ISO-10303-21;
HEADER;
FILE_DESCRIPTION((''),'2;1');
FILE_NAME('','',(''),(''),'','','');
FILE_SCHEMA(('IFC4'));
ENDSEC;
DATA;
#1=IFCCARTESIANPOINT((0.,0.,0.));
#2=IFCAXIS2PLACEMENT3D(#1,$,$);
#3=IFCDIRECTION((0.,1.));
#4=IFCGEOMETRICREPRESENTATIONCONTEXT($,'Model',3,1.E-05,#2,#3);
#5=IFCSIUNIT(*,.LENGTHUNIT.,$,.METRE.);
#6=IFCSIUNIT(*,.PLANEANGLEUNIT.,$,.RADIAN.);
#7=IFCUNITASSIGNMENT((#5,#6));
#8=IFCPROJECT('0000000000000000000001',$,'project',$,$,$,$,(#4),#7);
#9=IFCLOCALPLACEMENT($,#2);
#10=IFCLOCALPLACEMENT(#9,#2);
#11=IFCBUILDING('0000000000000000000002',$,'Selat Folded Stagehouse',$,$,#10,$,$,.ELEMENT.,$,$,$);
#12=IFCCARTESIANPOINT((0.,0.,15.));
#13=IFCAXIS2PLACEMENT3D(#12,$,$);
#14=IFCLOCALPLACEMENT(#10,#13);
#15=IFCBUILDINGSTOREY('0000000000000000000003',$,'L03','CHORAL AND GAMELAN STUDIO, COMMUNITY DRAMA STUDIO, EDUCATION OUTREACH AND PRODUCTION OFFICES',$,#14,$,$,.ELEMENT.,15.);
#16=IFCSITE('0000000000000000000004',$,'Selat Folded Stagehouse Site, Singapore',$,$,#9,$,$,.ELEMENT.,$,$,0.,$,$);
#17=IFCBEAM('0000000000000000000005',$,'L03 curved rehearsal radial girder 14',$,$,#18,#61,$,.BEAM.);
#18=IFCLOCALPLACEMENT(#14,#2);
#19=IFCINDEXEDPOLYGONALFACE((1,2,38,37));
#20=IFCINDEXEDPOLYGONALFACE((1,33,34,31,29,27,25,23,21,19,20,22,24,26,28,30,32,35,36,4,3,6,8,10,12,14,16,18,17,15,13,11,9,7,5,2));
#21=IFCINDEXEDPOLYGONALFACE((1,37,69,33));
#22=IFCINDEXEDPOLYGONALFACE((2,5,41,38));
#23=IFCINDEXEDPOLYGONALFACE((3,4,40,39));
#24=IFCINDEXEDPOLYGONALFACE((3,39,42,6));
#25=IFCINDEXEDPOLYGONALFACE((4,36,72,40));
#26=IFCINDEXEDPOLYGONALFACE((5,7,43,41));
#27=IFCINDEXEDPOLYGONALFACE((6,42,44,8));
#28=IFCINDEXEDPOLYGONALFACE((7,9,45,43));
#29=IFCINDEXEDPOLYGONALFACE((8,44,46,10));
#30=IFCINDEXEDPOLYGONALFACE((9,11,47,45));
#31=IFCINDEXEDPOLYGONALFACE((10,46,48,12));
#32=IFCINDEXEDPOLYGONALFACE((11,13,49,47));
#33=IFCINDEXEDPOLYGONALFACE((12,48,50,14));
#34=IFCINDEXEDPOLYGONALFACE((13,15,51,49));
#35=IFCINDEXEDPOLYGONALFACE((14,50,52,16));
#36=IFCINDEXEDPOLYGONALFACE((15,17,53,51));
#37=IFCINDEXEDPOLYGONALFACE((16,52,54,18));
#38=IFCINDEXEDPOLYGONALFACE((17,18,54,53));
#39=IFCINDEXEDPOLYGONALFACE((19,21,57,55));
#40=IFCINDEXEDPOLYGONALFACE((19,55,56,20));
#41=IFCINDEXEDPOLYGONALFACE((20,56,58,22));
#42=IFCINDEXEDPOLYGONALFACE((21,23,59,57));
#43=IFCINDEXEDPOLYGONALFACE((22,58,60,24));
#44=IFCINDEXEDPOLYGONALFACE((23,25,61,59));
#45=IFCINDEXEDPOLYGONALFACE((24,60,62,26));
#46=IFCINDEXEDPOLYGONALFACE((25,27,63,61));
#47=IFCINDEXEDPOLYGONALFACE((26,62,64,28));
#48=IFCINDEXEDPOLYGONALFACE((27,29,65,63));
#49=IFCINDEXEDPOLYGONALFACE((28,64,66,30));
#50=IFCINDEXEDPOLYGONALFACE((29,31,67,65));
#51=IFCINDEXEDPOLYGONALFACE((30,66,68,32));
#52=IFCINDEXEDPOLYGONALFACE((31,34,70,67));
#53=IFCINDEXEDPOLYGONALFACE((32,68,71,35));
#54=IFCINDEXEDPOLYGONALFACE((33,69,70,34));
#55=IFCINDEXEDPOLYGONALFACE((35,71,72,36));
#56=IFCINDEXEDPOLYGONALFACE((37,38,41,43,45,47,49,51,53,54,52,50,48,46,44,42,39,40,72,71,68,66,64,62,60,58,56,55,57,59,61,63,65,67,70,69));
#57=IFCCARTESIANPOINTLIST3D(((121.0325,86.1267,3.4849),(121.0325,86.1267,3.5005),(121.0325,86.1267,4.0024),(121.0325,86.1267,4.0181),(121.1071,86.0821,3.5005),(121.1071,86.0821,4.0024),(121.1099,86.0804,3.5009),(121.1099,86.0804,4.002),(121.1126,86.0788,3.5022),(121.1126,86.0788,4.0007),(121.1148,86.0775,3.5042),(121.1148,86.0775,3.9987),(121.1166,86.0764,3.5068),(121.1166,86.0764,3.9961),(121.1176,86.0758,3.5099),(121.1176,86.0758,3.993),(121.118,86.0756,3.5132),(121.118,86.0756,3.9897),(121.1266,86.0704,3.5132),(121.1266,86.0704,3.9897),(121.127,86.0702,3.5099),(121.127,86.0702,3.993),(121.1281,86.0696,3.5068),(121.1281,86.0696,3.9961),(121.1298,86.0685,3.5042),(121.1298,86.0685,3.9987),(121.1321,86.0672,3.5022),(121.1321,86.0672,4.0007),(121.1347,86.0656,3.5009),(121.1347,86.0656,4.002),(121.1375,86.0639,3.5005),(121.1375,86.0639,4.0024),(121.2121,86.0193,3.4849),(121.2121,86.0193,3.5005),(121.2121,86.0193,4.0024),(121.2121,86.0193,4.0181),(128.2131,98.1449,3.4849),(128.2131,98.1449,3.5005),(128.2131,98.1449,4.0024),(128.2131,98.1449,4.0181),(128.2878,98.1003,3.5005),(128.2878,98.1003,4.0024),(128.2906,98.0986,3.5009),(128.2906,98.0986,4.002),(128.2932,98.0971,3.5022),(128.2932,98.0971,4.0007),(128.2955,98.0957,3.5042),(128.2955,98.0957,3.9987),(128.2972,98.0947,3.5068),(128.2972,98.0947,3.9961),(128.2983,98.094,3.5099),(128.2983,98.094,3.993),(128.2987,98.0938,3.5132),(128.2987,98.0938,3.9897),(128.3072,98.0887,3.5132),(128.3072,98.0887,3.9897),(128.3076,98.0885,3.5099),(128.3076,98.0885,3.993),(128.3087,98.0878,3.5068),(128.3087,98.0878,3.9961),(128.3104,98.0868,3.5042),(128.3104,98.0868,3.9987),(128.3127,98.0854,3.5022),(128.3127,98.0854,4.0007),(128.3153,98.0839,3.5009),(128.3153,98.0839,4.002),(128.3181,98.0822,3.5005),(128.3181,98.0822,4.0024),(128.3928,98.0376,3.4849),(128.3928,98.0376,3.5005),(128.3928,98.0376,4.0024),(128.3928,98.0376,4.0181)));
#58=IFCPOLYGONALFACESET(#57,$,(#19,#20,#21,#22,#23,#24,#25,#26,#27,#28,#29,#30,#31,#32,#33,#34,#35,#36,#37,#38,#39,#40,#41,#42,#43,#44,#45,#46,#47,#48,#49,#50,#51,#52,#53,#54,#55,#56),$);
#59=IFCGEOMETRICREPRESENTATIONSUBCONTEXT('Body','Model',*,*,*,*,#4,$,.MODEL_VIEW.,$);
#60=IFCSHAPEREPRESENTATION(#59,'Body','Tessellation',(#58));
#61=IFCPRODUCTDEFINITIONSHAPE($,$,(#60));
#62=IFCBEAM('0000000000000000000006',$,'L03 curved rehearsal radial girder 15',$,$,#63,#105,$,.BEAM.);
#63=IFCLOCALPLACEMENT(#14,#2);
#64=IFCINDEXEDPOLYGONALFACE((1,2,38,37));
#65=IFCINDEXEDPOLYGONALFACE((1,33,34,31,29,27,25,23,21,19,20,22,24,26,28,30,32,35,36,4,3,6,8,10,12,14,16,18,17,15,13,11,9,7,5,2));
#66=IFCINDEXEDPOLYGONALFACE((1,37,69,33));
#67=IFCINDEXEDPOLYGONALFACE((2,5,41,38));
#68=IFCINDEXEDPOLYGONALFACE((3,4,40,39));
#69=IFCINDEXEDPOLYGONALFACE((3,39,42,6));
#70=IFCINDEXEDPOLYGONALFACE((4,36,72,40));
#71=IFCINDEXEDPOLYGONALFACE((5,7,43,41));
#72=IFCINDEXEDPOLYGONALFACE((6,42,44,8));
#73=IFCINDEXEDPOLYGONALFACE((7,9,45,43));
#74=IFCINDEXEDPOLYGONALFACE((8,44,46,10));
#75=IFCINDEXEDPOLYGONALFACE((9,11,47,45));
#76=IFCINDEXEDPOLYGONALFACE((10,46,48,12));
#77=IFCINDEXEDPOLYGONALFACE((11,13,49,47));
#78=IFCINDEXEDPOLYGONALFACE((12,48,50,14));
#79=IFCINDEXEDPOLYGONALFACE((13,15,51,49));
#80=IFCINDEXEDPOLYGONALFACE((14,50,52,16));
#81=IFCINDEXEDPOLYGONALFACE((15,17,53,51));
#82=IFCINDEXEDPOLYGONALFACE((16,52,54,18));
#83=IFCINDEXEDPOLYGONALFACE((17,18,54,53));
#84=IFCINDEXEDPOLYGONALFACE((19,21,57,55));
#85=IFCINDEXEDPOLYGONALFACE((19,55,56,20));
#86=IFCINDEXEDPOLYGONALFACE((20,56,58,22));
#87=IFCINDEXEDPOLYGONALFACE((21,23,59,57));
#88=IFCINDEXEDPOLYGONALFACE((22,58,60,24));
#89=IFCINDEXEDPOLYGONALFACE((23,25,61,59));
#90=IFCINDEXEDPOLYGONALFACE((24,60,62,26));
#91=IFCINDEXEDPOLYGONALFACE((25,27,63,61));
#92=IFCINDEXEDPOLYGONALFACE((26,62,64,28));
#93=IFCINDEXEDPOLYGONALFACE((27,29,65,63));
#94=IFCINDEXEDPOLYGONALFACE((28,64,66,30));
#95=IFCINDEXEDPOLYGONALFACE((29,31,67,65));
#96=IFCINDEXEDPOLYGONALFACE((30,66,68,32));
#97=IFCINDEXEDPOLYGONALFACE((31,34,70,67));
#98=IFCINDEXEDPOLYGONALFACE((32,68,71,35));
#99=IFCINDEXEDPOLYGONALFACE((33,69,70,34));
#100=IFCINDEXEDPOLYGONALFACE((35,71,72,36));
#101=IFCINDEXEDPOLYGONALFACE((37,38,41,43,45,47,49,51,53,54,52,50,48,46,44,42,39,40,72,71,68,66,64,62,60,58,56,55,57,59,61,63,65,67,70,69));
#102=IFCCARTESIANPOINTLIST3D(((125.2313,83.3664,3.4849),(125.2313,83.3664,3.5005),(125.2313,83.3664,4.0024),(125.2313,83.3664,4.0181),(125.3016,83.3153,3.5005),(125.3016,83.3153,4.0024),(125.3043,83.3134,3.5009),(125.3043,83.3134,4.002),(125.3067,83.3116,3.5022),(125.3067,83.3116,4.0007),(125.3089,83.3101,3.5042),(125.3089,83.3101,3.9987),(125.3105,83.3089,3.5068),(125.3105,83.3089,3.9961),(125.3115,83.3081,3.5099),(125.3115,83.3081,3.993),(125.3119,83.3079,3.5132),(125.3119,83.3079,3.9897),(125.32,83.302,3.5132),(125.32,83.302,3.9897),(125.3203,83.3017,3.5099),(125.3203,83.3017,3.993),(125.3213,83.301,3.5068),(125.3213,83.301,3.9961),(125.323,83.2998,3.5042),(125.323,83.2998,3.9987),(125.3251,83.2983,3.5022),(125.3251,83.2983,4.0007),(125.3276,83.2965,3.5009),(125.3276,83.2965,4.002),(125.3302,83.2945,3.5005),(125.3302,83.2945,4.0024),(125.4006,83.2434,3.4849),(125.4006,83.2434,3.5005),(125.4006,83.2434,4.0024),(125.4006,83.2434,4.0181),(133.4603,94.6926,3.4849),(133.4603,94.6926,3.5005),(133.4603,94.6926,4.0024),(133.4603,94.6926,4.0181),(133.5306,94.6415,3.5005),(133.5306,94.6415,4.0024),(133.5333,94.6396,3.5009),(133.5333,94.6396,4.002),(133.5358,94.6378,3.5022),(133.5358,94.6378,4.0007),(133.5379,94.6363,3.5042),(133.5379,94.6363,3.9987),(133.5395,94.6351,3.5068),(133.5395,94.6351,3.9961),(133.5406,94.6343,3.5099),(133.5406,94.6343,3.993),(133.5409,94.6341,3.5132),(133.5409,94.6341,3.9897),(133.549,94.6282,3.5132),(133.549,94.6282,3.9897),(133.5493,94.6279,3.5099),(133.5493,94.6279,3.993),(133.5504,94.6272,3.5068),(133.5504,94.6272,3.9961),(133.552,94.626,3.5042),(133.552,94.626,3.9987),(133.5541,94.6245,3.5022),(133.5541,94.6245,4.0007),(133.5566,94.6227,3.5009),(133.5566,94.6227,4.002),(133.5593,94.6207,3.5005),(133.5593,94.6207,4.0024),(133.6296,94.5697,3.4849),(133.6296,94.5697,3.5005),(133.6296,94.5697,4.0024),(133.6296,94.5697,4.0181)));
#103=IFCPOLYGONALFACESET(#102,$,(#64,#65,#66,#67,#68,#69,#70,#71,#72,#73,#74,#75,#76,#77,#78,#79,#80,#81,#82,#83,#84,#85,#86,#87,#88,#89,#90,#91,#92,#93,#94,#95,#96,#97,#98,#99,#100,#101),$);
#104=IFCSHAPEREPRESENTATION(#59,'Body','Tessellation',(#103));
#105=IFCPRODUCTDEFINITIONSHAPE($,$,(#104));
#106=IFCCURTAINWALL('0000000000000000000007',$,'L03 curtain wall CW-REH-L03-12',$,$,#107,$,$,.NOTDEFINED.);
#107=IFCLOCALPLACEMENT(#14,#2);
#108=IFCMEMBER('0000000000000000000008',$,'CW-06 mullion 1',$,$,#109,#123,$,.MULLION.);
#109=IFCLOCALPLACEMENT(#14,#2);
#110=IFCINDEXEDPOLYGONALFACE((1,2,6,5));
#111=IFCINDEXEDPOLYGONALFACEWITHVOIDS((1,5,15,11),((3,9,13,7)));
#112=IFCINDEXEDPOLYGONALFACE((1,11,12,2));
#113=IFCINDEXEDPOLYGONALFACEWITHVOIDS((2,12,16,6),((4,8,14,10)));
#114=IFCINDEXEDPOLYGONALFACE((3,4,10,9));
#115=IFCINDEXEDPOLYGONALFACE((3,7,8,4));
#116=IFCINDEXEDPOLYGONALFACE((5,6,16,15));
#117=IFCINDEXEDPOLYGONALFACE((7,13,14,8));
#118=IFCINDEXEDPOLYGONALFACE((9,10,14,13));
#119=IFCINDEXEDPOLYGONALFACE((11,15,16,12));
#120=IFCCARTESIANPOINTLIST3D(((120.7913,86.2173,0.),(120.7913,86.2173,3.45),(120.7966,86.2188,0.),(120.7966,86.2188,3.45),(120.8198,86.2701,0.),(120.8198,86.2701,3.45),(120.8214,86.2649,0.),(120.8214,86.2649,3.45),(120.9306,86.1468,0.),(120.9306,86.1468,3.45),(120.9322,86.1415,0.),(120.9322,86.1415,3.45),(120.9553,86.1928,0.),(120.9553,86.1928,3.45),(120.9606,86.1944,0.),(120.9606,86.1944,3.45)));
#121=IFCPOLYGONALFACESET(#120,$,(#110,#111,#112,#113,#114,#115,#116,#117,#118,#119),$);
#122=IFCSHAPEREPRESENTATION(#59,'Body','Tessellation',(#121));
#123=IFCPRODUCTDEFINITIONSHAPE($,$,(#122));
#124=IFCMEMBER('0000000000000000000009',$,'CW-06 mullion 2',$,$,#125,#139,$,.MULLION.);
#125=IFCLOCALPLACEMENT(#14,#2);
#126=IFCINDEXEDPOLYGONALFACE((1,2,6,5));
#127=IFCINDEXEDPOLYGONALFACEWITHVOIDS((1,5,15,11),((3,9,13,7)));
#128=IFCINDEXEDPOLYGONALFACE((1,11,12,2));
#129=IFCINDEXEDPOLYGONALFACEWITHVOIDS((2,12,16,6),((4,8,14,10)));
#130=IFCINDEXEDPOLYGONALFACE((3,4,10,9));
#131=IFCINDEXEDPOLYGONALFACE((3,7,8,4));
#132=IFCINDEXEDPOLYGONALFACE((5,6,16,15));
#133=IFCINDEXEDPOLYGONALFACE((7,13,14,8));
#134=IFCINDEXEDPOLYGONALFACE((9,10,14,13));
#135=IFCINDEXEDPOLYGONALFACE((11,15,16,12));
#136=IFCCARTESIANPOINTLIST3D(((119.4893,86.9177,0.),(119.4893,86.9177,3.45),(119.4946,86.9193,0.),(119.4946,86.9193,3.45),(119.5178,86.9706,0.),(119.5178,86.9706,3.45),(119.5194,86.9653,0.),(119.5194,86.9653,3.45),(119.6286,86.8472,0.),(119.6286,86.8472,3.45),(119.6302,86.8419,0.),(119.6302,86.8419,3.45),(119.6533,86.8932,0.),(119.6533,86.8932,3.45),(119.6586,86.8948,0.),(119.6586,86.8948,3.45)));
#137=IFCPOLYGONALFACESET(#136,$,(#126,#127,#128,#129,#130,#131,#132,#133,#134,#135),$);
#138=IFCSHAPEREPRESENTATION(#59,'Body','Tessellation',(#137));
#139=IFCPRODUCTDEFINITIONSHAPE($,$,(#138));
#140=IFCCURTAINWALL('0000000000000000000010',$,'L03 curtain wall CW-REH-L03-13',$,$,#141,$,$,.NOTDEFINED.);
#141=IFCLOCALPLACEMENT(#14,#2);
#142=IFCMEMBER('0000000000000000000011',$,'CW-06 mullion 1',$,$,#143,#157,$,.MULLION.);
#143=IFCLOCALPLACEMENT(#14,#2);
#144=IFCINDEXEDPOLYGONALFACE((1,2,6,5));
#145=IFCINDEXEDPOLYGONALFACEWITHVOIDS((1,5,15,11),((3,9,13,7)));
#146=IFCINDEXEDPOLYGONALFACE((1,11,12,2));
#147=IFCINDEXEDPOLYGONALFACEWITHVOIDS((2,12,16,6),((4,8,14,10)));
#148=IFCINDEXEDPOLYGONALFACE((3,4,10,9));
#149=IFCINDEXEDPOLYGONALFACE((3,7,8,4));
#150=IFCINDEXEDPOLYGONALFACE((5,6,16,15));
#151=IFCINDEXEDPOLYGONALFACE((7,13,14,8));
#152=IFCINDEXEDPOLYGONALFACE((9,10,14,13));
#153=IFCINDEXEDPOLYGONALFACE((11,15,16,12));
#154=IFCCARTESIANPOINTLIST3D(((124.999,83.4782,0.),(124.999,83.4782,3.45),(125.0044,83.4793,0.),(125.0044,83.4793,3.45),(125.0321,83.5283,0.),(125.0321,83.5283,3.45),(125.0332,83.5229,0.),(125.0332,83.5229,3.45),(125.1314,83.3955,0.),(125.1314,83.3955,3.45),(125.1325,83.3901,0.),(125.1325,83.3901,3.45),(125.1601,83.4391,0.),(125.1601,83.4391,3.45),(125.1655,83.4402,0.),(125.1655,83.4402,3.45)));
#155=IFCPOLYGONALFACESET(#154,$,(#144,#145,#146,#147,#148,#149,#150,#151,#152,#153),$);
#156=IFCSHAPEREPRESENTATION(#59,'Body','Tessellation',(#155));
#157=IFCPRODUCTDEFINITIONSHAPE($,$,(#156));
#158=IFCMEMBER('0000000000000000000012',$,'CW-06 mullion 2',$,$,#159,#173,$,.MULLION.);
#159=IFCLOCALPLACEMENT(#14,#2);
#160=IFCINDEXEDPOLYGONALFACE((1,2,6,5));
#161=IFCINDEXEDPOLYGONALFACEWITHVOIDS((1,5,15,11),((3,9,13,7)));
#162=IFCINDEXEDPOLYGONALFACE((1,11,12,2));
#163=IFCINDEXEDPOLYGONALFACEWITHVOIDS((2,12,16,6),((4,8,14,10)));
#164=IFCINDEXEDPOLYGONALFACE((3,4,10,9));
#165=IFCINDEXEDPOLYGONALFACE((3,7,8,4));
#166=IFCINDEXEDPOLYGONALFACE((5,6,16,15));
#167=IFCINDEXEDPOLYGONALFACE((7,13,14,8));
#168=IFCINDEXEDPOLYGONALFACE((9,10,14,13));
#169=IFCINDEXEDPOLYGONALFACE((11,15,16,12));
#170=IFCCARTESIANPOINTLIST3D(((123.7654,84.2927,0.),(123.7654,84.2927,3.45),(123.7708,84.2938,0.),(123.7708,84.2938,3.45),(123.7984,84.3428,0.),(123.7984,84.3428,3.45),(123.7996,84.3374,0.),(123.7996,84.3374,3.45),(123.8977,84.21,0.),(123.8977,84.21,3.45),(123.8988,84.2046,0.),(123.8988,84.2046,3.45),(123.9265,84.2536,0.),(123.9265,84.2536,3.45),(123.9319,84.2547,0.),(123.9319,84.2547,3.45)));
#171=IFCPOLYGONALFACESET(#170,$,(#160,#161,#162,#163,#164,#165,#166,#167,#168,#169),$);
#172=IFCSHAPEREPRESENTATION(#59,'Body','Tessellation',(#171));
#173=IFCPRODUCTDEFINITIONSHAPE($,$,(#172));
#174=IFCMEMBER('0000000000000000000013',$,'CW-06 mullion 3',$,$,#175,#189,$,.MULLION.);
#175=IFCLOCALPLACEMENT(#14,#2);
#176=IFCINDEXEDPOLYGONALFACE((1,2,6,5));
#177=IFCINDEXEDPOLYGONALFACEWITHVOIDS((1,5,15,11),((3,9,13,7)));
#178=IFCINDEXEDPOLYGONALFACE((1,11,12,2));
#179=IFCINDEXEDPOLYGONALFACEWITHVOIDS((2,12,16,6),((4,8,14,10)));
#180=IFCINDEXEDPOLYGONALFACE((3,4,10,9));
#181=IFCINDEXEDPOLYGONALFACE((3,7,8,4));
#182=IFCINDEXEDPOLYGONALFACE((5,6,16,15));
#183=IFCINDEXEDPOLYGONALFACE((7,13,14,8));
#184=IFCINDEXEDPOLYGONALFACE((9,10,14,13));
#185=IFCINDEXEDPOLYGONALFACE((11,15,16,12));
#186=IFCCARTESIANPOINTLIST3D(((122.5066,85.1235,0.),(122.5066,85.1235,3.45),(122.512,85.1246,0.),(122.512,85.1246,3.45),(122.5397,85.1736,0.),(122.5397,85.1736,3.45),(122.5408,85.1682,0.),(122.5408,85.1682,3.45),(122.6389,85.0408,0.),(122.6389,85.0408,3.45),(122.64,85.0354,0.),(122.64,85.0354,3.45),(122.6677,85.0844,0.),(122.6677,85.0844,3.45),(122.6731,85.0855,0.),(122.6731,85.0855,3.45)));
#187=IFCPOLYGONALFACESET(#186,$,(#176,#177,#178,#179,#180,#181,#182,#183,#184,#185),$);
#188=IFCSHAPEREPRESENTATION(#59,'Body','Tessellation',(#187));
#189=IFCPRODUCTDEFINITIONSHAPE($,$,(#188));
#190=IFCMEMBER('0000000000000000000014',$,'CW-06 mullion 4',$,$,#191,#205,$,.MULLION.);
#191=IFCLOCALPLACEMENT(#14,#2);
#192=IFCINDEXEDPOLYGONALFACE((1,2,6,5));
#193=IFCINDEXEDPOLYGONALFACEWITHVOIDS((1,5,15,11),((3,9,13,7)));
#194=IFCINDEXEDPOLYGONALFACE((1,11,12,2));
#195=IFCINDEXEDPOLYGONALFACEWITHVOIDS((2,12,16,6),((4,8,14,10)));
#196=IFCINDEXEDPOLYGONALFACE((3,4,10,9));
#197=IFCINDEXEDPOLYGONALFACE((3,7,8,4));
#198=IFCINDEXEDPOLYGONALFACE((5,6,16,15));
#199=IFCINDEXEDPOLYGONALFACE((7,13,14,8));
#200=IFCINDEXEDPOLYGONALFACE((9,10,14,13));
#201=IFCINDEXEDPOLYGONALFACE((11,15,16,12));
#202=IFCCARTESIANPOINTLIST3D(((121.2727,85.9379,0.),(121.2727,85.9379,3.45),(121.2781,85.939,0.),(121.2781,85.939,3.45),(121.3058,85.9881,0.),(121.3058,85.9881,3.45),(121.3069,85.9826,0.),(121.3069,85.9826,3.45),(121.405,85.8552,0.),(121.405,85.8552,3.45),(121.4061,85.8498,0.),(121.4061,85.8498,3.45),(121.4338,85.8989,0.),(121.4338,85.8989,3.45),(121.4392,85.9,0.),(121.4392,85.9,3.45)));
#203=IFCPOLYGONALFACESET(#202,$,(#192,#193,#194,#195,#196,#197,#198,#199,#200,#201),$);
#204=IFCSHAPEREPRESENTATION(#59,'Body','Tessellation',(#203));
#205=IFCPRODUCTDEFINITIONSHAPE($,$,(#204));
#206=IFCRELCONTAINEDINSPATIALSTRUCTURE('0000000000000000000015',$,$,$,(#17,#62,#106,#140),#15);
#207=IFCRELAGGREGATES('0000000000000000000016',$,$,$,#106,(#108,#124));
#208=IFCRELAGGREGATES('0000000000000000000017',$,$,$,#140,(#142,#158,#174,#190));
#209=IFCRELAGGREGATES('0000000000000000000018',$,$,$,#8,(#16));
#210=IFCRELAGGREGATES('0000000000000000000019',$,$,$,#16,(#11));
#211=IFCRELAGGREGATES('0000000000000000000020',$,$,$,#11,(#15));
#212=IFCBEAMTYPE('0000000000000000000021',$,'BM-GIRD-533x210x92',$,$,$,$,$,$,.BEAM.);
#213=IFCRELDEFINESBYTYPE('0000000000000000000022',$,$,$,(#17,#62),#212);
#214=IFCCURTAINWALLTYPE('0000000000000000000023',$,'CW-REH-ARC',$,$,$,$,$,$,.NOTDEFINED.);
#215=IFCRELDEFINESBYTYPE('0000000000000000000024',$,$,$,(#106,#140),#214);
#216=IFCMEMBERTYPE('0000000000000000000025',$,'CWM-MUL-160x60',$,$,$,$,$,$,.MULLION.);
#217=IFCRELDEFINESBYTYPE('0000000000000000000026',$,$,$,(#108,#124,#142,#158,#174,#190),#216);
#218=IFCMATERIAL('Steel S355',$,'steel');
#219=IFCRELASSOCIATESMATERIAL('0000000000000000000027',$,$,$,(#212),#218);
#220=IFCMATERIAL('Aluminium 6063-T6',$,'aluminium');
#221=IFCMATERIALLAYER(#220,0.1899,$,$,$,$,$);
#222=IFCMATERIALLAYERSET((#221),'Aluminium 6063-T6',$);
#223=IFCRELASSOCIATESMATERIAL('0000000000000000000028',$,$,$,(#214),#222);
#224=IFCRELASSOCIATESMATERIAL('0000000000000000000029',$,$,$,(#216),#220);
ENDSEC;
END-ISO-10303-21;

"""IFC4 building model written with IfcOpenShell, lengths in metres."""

from ifc_helpers import new_model, si_unit, direction, frame, origin, origin_2d, place, context, subcontext, project, spatial, hollow_rectangle, i_section, extrude, material, layer, layer_set, material_profile, profile_set, type_object, element, aggregate, save


model = new_model("IFC4")

# Units and contexts
model_context = context("Model", 3, precision=1e-05, world=origin(), true_north=direction((0.0, 1.0)))
body_context = subcontext(model_context, "Body", "Model", "MODEL_VIEW")
ifc_project = project(units=[si_unit("LENGTHUNIT", "METRE"), si_unit("PLANEANGLEUNIT", "RADIAN")], contexts=[model_context])

# Site, building, storey
site_placement = place(None, origin())
site = spatial("IfcSite", under=ifc_project, at=site_placement, Name="Selat Folded Stagehouse Site, Singapore", CompositionType="ELEMENT", RefElevation=0.0)
building_placement = place(site_placement, origin())
building = spatial("IfcBuilding", under=site, at=building_placement, Name="Selat Folded Stagehouse", CompositionType="ELEMENT")
storey_placement = place(building_placement, frame((0.0, 0.0, 15.0)))
storey = spatial("IfcBuildingStorey", under=building, at=storey_placement, Name="L03", Description="CHORAL AND GAMELAN STUDIO, COMMUNITY DRAMA STUDIO, EDUCATION OUTREACH AND PRODUCTION OFFICES", CompositionType="ELEMENT", Elevation=15.0)

# Shared definitions
ifc_material_1 = material(Name="Steel S355", Category="steel")

# Beams
ifc_material_profile_1 = material_profile(ifc_material_1, i_section(OverallWidth=0.2092, OverallDepth=0.5332, WebThickness=0.01, FlangeThickness=0.0156, FilletRadius=0.0127, at=origin_2d()), Name="UKB 533x210x92")
ifc_profile_set_1 = profile_set([ifc_material_profile_1], Name="Steel S355")
beam_type_1 = type_object("IfcBeamType", Name="BM-GIRD-533x210x92", PredefinedType="BEAM", material=ifc_profile_set_1)
for number, where, z_axis, x_axis, name in (
    (1, (121.1223, 86.073, 3.7515), (0.512902, 0.858447, 0.0), (-0.858447, 0.512902, 0.0), "L03 curved rehearsal radial girder 14"),
    (2, (125.3159, 83.3049, 3.7515), (0.587788, 0.809015, 0.0), (-0.809015, 0.587788, 0.0), "L03 curved rehearsal radial girder 15"),
):
    element("IfcBeam", number, at=place(storey_placement, frame(where, z_axis=z_axis, x_axis=x_axis)), inside=storey, type_object=beam_type_1, Name=name, PredefinedType="BEAM", context=body_context, shape_type="SweptSolid", body=[
        extrude(i_section(OverallWidth=0.2092, OverallDepth=0.5332, WebThickness=0.01, FlangeThickness=0.0156, FilletRadius=0.0127, at=origin_2d()), origin(), (0.0, 0.0, 1.0), 14.0),
    ])

# Curtain walls, members
ifc_material_2 = material(Name="Aluminium 6063-T6", Category="aluminium")
ifc_layer_1 = layer(ifc_material_2, 0.1899)
ifc_layer_set_1 = layer_set([ifc_layer_1], Name="Aluminium 6063-T6")
curtain_wall_type = type_object("IfcCurtainWallType", Name="CW-REH-ARC", PredefinedType="NOTDEFINED", material=ifc_layer_set_1)
curtain_wall_1_placement = place(storey_placement, origin())
curtain_wall_1 = element("IfcCurtainWall", 3, at=curtain_wall_1_placement, inside=storey, type_object=curtain_wall_type, Name="L03 curtain wall CW-REH-L03-12", PredefinedType="NOTDEFINED")
ifc_material_profile_2 = material_profile(ifc_material_2, hollow_rectangle(XDim=0.0601, YDim=0.1599, WallThickness=0.0039, at=origin_2d()), Name="ALU 160x60x4.0")
ifc_profile_set_2 = profile_set([ifc_material_profile_2], Name="Aluminium 6063-T6")
member_type_1 = type_object("IfcMemberType", Name="CWM-MUL-160x60", PredefinedType="MULLION", material=ifc_profile_set_2)
member_1_placement = place(storey_placement, frame((120.876, 86.2058, 0.0), z_axis=(0.0, 0.0, 1.0), x_axis=(-0.473859, -0.880601, 0.0)))
member_1 = element("IfcMember", 4, at=member_1_placement, type_object=member_type_1, Name="CW-06 mullion 1", PredefinedType="MULLION", context=body_context, shape_type="SweptSolid", body=[
    extrude(hollow_rectangle(XDim=0.0601, YDim=0.1599, WallThickness=0.0039, at=origin_2d()), origin(), (0.0, 0.0, 1.0), 3.45),
])
member_2_placement = place(storey_placement, frame((119.574, 86.9062, 0.0), z_axis=(0.0, 0.0, 1.0), x_axis=(-0.473859, -0.880601, 0.0)))
member_2 = element("IfcMember", 5, at=member_2_placement, type_object=member_type_1, Name="CW-06 mullion 2", PredefinedType="MULLION", context=body_context, shape_type="SweptSolid", body=[
    extrude(hollow_rectangle(XDim=0.0601, YDim=0.1599, WallThickness=0.0039, at=origin_2d()), origin(), (0.0, 0.0, 1.0), 3.45),
])
curtain_wall_2_placement = place(storey_placement, origin())
curtain_wall_2 = element("IfcCurtainWall", 6, at=curtain_wall_2_placement, inside=storey, type_object=curtain_wall_type, Name="L03 curtain wall CW-REH-L03-13", PredefinedType="NOTDEFINED")
member_3_placement = place(storey_placement, frame((125.0823, 83.4592, 0.0), z_axis=(0.0, 0.0, 1.0), x_axis=(-0.550885, -0.834581, 0.0)))
member_3 = element("IfcMember", 7, at=member_3_placement, type_object=member_type_1, Name="CW-06 mullion 1", PredefinedType="MULLION", context=body_context, shape_type="SweptSolid", body=[
    extrude(hollow_rectangle(XDim=0.0601, YDim=0.1599, WallThickness=0.0039, at=origin_2d()), origin(), (0.0, 0.0, 1.0), 3.45),
])
member_4_placement = place(storey_placement, frame((123.8486, 84.2737, 0.0), z_axis=(0.0, 0.0, 1.0), x_axis=(-0.550885, -0.834581, 0.0)))
member_4 = element("IfcMember", 8, at=member_4_placement, type_object=member_type_1, Name="CW-06 mullion 2", PredefinedType="MULLION", context=body_context, shape_type="SweptSolid", body=[
    extrude(hollow_rectangle(XDim=0.0601, YDim=0.1599, WallThickness=0.0039, at=origin_2d()), origin(), (0.0, 0.0, 1.0), 3.45),
])
member_5_placement = place(storey_placement, frame((122.5898, 85.1045, 0.0), z_axis=(0.0, 0.0, 1.0), x_axis=(-0.550885, -0.834581, 0.0)))
member_5 = element("IfcMember", 9, at=member_5_placement, type_object=member_type_1, Name="CW-06 mullion 3", PredefinedType="MULLION", context=body_context, shape_type="SweptSolid", body=[
    extrude(hollow_rectangle(XDim=0.0601, YDim=0.1599, WallThickness=0.0039, at=origin_2d()), origin(), (0.0, 0.0, 1.0), 3.45),
])
member_6_placement = place(storey_placement, frame((121.356, 85.9189, 0.0), z_axis=(0.0, 0.0, 1.0), x_axis=(-0.550885, -0.834581, 0.0)))
member_6 = element("IfcMember", 10, at=member_6_placement, type_object=member_type_1, Name="CW-06 mullion 4", PredefinedType="MULLION", context=body_context, shape_type="SweptSolid", body=[
    extrude(hollow_rectangle(XDim=0.0601, YDim=0.1599, WallThickness=0.0039, at=origin_2d()), origin(), (0.0, 0.0, 1.0), 3.45),
])

aggregate(curtain_wall_1, [member_1, member_2])
aggregate(curtain_wall_2, [member_3, member_4, member_5, member_6])

save(model, "model.ifc")
